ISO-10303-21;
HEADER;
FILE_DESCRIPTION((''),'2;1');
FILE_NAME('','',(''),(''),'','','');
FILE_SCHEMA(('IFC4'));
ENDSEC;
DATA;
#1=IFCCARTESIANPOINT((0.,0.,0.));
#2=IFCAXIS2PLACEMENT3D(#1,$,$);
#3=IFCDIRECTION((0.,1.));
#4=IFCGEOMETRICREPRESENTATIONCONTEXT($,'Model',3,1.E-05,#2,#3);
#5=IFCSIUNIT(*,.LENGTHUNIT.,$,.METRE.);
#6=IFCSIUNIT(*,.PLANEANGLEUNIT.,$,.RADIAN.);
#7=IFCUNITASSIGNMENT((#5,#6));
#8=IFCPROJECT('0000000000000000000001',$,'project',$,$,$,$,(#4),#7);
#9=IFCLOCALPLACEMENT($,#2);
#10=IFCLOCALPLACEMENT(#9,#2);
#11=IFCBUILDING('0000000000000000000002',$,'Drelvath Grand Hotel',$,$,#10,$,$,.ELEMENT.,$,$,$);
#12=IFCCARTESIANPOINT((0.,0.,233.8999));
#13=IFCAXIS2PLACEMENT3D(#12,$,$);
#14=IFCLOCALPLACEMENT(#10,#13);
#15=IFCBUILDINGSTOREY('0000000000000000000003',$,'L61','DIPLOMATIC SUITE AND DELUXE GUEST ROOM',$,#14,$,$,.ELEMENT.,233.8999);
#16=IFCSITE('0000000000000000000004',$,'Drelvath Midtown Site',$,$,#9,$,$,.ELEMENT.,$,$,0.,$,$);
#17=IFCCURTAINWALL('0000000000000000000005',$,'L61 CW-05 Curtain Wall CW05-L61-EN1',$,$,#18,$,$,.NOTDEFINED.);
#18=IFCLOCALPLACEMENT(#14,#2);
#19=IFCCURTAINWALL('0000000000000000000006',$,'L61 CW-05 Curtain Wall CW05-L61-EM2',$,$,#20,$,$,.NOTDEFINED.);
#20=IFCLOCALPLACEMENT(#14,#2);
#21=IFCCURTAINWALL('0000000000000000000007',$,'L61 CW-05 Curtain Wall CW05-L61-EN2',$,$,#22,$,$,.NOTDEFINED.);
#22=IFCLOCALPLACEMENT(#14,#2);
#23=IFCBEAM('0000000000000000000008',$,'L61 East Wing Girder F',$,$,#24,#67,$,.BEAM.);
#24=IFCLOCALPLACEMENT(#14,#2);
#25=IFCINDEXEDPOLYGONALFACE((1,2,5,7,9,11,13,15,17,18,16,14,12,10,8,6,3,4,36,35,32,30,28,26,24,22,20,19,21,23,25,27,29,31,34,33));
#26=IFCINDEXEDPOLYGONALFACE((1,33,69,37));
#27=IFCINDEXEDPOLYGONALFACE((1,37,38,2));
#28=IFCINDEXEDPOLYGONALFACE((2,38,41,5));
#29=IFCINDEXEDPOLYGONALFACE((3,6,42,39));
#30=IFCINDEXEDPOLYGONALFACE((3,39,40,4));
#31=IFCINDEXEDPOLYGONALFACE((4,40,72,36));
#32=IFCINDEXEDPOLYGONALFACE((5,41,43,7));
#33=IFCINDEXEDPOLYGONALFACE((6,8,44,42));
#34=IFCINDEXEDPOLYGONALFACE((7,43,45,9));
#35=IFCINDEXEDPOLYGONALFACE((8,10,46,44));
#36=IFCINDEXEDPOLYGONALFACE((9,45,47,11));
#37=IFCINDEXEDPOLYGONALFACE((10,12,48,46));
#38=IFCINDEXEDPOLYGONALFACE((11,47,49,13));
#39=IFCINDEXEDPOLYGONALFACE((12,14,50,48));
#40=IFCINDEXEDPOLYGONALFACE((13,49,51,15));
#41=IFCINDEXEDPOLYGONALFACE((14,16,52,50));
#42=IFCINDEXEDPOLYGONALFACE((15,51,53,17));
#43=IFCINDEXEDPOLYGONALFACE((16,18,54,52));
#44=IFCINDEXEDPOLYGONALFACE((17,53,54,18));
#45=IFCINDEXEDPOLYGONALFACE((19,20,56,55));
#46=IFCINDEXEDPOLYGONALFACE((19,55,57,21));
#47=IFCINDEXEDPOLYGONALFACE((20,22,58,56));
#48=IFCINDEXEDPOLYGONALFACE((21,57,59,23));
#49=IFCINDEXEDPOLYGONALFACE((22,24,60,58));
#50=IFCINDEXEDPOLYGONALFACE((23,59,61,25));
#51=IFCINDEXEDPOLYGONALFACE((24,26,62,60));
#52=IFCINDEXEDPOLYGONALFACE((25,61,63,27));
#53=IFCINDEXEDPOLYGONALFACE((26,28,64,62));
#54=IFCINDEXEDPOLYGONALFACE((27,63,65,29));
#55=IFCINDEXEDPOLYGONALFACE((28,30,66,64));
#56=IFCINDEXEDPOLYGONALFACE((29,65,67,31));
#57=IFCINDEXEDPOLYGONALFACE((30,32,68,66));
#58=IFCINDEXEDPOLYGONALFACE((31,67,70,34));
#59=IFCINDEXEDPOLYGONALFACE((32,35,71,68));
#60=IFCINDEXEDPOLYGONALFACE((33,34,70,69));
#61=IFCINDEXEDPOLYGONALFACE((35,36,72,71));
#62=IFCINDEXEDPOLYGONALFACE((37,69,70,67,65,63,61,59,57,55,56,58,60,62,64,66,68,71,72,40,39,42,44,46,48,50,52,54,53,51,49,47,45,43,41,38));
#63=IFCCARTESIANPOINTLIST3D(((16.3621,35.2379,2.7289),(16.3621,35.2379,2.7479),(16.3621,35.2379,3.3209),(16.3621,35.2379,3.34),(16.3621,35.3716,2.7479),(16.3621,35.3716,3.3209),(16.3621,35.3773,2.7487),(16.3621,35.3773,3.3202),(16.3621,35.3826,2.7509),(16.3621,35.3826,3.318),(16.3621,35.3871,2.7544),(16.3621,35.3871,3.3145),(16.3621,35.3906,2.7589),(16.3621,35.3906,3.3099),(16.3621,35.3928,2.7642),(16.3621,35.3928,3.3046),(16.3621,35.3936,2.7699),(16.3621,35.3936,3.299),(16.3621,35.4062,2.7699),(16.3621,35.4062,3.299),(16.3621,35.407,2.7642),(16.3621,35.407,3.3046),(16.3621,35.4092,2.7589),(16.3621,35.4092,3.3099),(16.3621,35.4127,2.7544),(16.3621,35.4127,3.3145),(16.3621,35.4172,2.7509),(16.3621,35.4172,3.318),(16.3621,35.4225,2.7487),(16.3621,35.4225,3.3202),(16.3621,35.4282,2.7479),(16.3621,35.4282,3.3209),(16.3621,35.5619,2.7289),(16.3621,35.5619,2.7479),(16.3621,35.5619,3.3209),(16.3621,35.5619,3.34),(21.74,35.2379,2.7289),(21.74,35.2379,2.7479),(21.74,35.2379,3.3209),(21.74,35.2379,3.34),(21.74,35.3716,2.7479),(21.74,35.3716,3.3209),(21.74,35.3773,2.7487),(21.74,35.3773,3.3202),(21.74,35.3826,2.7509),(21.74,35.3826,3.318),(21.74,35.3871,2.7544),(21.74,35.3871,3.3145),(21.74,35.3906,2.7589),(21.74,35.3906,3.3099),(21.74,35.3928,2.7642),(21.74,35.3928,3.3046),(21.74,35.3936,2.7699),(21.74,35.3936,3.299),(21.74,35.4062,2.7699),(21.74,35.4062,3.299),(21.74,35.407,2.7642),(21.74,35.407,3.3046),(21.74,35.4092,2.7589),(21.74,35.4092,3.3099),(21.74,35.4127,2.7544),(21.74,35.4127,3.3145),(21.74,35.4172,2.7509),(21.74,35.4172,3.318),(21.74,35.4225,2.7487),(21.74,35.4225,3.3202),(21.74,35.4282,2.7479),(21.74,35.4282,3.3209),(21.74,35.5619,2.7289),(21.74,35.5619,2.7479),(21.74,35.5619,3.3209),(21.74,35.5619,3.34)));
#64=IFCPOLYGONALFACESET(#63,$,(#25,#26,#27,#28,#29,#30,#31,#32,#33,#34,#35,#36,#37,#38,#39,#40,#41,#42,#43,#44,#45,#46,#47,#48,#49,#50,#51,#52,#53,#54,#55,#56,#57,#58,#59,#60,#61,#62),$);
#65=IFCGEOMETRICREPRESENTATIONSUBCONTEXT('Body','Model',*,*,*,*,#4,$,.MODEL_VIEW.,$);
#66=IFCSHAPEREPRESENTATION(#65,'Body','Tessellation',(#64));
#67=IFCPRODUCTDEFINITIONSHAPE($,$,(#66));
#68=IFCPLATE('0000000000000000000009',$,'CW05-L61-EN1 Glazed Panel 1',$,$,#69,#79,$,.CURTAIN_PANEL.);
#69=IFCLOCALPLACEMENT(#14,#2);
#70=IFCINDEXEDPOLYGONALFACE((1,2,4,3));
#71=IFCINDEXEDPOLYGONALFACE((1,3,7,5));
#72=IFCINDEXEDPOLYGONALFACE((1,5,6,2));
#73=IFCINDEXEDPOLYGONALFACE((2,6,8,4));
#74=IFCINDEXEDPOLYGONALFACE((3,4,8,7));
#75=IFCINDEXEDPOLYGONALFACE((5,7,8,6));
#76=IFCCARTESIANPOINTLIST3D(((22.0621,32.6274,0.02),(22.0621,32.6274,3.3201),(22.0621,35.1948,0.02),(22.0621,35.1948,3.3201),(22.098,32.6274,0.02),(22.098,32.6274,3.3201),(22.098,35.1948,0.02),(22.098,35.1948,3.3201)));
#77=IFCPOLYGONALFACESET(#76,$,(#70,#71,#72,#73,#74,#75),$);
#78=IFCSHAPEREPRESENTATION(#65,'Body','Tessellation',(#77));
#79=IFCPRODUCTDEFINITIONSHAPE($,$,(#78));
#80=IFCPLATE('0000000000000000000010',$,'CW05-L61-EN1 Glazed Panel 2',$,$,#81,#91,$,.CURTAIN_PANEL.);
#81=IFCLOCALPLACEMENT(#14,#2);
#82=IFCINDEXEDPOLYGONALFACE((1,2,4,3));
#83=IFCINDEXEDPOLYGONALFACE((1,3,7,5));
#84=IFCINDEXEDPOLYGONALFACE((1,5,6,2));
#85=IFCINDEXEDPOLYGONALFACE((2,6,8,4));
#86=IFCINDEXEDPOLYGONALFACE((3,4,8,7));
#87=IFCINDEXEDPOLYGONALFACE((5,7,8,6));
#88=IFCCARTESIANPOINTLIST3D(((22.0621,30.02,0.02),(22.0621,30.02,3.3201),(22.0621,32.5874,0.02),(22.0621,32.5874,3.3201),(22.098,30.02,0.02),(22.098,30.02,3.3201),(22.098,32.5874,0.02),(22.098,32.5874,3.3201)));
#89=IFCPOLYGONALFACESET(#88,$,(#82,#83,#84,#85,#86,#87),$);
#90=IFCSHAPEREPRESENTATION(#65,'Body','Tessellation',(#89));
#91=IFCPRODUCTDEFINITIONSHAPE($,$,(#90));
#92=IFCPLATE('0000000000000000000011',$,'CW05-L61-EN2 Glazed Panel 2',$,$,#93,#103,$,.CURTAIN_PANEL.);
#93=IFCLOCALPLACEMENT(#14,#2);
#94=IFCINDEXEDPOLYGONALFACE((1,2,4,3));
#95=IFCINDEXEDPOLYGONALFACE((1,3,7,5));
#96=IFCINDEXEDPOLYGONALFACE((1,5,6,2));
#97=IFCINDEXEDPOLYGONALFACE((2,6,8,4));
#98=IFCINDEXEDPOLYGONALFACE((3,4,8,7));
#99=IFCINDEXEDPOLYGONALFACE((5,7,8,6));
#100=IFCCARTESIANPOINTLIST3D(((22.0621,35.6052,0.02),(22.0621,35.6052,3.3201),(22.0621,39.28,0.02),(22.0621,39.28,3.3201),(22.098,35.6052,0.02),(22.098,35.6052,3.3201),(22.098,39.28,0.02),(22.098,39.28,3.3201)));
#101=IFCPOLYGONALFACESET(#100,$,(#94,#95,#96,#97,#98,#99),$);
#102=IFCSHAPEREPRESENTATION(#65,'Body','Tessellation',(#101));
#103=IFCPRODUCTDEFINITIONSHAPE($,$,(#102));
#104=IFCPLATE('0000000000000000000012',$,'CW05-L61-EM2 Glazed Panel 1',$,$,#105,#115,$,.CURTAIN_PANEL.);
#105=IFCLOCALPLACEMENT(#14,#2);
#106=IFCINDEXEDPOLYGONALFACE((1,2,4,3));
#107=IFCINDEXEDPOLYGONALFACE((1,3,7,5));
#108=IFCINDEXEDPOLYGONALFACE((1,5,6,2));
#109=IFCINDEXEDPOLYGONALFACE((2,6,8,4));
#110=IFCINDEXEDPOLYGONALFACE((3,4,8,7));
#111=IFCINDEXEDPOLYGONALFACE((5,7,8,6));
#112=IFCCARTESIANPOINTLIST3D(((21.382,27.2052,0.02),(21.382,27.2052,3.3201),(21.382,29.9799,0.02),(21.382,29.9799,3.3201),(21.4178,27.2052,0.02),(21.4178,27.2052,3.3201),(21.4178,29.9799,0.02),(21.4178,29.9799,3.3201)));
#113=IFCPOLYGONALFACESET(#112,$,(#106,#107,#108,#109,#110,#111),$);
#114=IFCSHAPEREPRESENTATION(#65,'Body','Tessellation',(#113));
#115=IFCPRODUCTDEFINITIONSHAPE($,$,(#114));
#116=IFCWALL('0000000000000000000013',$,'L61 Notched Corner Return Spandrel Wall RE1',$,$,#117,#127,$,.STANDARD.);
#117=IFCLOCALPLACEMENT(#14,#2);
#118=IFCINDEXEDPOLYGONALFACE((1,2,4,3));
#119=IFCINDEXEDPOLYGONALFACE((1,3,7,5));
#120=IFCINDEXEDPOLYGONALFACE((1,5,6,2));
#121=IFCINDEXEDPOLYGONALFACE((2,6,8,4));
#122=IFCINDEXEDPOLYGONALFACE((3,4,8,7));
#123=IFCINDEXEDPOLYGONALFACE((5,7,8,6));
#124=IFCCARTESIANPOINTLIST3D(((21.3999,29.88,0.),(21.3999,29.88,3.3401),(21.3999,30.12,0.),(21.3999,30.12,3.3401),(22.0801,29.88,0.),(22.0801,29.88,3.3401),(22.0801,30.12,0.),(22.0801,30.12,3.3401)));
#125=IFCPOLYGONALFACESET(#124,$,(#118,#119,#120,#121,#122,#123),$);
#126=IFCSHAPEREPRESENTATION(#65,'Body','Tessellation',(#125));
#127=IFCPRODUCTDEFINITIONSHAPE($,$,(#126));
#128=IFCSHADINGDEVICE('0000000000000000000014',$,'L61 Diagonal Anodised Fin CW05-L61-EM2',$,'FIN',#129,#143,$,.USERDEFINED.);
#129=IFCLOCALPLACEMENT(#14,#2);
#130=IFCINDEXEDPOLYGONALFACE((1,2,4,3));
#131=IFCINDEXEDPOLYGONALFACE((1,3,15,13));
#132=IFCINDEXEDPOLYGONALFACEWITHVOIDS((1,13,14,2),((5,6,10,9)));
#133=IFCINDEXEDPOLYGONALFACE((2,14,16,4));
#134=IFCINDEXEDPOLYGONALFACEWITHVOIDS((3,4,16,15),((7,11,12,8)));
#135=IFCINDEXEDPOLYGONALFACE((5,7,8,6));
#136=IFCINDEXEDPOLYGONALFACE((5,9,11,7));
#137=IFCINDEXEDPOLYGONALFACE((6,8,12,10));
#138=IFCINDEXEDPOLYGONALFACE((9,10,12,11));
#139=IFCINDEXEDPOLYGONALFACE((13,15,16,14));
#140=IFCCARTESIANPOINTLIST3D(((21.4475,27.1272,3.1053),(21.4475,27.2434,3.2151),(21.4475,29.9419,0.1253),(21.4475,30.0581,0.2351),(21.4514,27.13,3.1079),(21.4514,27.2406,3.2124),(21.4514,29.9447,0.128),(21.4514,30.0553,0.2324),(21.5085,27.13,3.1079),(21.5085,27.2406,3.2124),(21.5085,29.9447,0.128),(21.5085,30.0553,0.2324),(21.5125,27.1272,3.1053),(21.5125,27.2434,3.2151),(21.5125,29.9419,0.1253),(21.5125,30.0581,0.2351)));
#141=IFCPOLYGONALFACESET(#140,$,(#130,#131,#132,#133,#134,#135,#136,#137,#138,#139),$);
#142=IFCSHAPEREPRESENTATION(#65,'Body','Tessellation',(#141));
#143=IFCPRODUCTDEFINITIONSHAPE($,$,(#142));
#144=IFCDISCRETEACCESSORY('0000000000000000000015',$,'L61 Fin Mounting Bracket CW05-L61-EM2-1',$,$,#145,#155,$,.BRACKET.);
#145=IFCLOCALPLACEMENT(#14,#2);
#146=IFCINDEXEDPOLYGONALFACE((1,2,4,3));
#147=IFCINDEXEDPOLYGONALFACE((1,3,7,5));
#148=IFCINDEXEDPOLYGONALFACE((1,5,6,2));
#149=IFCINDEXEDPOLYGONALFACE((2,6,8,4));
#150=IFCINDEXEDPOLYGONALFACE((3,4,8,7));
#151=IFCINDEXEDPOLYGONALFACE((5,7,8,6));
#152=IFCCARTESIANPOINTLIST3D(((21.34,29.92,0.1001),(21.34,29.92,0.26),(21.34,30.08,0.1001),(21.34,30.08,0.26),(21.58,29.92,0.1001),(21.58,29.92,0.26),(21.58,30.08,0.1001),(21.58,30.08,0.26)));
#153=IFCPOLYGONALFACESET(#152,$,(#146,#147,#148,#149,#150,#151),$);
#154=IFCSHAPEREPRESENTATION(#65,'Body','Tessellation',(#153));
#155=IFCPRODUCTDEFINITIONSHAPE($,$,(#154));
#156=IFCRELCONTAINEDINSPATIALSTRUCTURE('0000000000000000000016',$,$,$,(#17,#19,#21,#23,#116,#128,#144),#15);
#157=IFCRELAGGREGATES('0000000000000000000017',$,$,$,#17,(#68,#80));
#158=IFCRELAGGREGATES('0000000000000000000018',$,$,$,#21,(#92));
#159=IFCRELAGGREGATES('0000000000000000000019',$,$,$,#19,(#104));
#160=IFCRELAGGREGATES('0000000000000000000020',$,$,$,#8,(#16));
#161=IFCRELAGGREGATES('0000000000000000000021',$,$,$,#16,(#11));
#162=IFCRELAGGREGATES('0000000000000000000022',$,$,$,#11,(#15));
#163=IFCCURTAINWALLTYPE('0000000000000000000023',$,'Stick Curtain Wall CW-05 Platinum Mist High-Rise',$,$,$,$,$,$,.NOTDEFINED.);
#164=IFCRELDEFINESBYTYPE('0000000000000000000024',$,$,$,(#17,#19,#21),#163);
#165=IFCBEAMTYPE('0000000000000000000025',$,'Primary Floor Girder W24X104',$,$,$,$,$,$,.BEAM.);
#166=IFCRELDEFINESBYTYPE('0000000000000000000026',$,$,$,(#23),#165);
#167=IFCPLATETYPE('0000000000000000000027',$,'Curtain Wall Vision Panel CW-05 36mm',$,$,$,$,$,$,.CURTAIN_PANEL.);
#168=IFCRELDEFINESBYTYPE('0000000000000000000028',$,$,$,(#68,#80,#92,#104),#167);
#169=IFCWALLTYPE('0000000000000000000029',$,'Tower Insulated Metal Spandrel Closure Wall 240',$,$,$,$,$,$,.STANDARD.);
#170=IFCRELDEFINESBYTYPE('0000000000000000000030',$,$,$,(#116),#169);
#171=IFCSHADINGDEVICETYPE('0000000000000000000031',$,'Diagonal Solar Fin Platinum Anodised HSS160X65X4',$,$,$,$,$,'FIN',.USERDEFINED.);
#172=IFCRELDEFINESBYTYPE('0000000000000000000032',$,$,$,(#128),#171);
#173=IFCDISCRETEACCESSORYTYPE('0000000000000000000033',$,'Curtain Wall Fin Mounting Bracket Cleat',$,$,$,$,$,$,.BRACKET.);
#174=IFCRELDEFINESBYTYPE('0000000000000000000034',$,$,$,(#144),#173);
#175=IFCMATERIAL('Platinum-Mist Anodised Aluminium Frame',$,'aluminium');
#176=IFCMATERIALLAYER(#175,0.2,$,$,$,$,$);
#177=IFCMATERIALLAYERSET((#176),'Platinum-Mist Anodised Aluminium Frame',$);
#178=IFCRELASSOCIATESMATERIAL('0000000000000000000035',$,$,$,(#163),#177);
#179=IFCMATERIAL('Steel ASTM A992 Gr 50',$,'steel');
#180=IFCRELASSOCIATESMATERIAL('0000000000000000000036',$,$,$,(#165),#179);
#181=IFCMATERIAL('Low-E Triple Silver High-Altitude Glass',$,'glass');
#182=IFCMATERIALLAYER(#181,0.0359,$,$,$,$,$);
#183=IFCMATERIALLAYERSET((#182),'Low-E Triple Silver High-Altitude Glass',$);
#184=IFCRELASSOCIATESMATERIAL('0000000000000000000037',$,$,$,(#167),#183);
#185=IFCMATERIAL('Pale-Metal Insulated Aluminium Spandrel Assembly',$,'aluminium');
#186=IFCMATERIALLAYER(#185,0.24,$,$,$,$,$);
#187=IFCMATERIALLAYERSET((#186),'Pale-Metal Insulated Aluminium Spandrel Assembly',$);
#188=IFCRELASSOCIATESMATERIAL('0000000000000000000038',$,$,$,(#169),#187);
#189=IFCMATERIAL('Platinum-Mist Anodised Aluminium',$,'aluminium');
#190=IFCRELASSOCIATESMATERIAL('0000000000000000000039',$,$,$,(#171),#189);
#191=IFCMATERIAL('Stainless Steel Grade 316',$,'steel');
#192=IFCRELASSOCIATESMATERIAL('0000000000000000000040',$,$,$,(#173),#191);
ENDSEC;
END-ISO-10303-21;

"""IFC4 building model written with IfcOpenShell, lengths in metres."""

from ifc_helpers import new_model, si_unit, direction, frame, frame_2d, origin, origin_2d, place, context, subcontext, project, spatial, rectangle, hollow_rectangle, i_section, extrude, material, layer, layer_set, material_profile, profile_set, type_object, element, aggregate, save


model = new_model("IFC4")

# Units and contexts
model_context = context("Model", 3, precision=1e-05, world=origin(), true_north=direction((0.0, 1.0)))
body_context = subcontext(model_context, "Body", "Model", "MODEL_VIEW")
ifc_project = project(units=[si_unit("LENGTHUNIT", "METRE"), si_unit("PLANEANGLEUNIT", "RADIAN")], contexts=[model_context])

# Site, building, storey
site_placement = place(None, origin())
site = spatial("IfcSite", under=ifc_project, at=site_placement, Name="Drelvath Midtown Site", CompositionType="ELEMENT", RefElevation=0.0)
building_placement = place(site_placement, origin())
building = spatial("IfcBuilding", under=site, at=building_placement, Name="Drelvath Grand Hotel", CompositionType="ELEMENT")
storey_placement = place(building_placement, frame((0.0, 0.0, 233.8999)))
storey = spatial("IfcBuildingStorey", under=building, at=storey_placement, Name="L61", Description="DIPLOMATIC SUITE AND DELUXE GUEST ROOM", CompositionType="ELEMENT", Elevation=233.8999)

# Curtain walls
ifc_material_1 = material(Name="Platinum-Mist Anodised Aluminium Frame", Category="aluminium")
ifc_layer_1 = layer(ifc_material_1, 0.2)
ifc_layer_set_1 = layer_set([ifc_layer_1], Name="Platinum-Mist Anodised Aluminium Frame")
curtain_wall_type = type_object("IfcCurtainWallType", Name="Stick Curtain Wall CW-05 Platinum Mist High-Rise", PredefinedType="NOTDEFINED", material=ifc_layer_set_1)
curtain_wall_1_placement = place(storey_placement, origin())
curtain_wall_1 = element("IfcCurtainWall", 1, at=curtain_wall_1_placement, inside=storey, type_object=curtain_wall_type, Name="L61 CW-05 Curtain Wall CW05-L61-EN1", PredefinedType="NOTDEFINED")
curtain_wall_2_placement = place(storey_placement, origin())
curtain_wall_2 = element("IfcCurtainWall", 2, at=curtain_wall_2_placement, inside=storey, type_object=curtain_wall_type, Name="L61 CW-05 Curtain Wall CW05-L61-EM2", PredefinedType="NOTDEFINED")

# Curtain wall
curtain_wall_3_placement = place(storey_placement, origin())
curtain_wall_3 = element("IfcCurtainWall", 3, at=curtain_wall_3_placement, inside=storey, type_object=curtain_wall_type, Name="L61 CW-05 Curtain Wall CW05-L61-EN2", PredefinedType="NOTDEFINED")

# Beam
ifc_material_2 = material(Name="Steel ASTM A992 Gr 50", Category="steel")
ifc_material_profile_1 = material_profile(ifc_material_2, i_section(OverallWidth=0.324, OverallDepth=0.6111, WebThickness=0.0127, FlangeThickness=0.019, FilletRadius=0.022, at=origin_2d()), Name="W24X104")
ifc_profile_set_1 = profile_set([ifc_material_profile_1], Name="Steel ASTM A992 Gr 50")
beam_type_1 = type_object("IfcBeamType", Name="Primary Floor Girder W24X104", PredefinedType="BEAM", material=ifc_profile_set_1)
beam_1_placement = place(storey_placement, frame((16.3621, 35.3999, 3.0344), z_axis=(1.0, 0.0, 0.0), x_axis=(0.0, 1.0, 0.0)))
element("IfcBeam", 4, at=beam_1_placement, inside=storey, type_object=beam_type_1, Name="L61 East Wing Girder F", PredefinedType="BEAM", context=body_context, shape_type="SweptSolid", body=[
    extrude(i_section(OverallWidth=0.324, OverallDepth=0.6111, WebThickness=0.0127, FlangeThickness=0.019, FilletRadius=0.022, at=origin_2d()), origin(), (0.0, 0.0, 1.0), 5.3779),
])

# Plates
ifc_material_3 = material(Name="Low-E Triple Silver High-Altitude Glass", Category="glass")
ifc_layer_2 = layer(ifc_material_3, 0.0359)
ifc_layer_set_2 = layer_set([ifc_layer_2], Name="Low-E Triple Silver High-Altitude Glass")
plate_type = type_object("IfcPlateType", Name="Curtain Wall Vision Panel CW-05 36mm", PredefinedType="CURTAIN_PANEL", material=ifc_layer_set_2)
plate_1_placement = place(storey_placement, frame((22.0801, 33.9111, 0.02), z_axis=(0.0, 0.0, 1.0), x_axis=(0.0, -1.0, 0.0)))
plate_1 = element("IfcPlate", 5, at=plate_1_placement, type_object=plate_type, Name="CW05-L61-EN1 Glazed Panel 1", PredefinedType="CURTAIN_PANEL", context=body_context, shape_type="SweptSolid", body=[
    extrude(rectangle(XDim=2.5674, YDim=0.0359, at=origin_2d()), origin(), (0.0, 0.0, 1.0), 3.3),
])
plate_2_placement = place(storey_placement, frame((22.0801, 31.3037, 0.02), z_axis=(0.0, 0.0, 1.0), x_axis=(0.0, -1.0, 0.0)))
plate_2 = element("IfcPlate", 6, at=plate_2_placement, type_object=plate_type, Name="CW05-L61-EN1 Glazed Panel 2", PredefinedType="CURTAIN_PANEL", context=body_context, shape_type="SweptSolid", body=[
    extrude(rectangle(XDim=2.5674, YDim=0.0359, at=origin_2d()), origin(), (0.0, 0.0, 1.0), 3.3),
])
aggregate(curtain_wall_1, [plate_1, plate_2])
plate_3_placement = place(storey_placement, frame((22.0801, 37.4426, 0.02), z_axis=(0.0, 0.0, 1.0), x_axis=(0.0, -1.0, 0.0)))
plate_3 = element("IfcPlate", 7, at=plate_3_placement, type_object=plate_type, Name="CW05-L61-EN2 Glazed Panel 2", PredefinedType="CURTAIN_PANEL", context=body_context, shape_type="SweptSolid", body=[
    extrude(rectangle(XDim=3.6748, YDim=0.0359, at=origin_2d()), origin(), (0.0, 0.0, 1.0), 3.3),
])
aggregate(curtain_wall_3, [plate_3])
plate_4_placement = place(storey_placement, frame((21.3999, 28.5925, 0.02), z_axis=(0.0, 0.0, 1.0), x_axis=(0.0, -1.0, 0.0)))
plate_4 = element("IfcPlate", 8, at=plate_4_placement, type_object=plate_type, Name="CW05-L61-EM2 Glazed Panel 1", PredefinedType="CURTAIN_PANEL", context=body_context, shape_type="SweptSolid", body=[
    extrude(rectangle(XDim=2.7747, YDim=0.0359, at=origin_2d()), origin(), (0.0, 0.0, 1.0), 3.3),
])
aggregate(curtain_wall_2, [plate_4])

# Wall
ifc_material_4 = material(Name="Pale-Metal Insulated Aluminium Spandrel Assembly", Category="aluminium")
ifc_layer_3 = layer(ifc_material_4, 0.24)
ifc_layer_set_3 = layer_set([ifc_layer_3], Name="Pale-Metal Insulated Aluminium Spandrel Assembly")
wall_type = type_object("IfcWallType", Name="Tower Insulated Metal Spandrel Closure Wall 240", PredefinedType="STANDARD", material=ifc_layer_set_3)
wall_placement = place(storey_placement, frame((22.0801, 30.0, 0.0), z_axis=(0.0, 0.0, 1.0), x_axis=(-1.0, 0.0, 0.0)))
element("IfcWall", 9, at=wall_placement, inside=storey, type_object=wall_type, Name="L61 Notched Corner Return Spandrel Wall RE1", PredefinedType="STANDARD", context=body_context, shape_type="SweptSolid", body=[
    extrude(rectangle(XDim=0.6802, YDim=0.24, at=frame_2d((0.3401, 0.0))), origin(), (0.0, 0.0, 1.0), 3.3401),
])

# Shading device
ifc_material_5 = material(Name="Platinum-Mist Anodised Aluminium", Category="aluminium")
ifc_material_profile_2 = material_profile(ifc_material_5, hollow_rectangle(XDim=0.0649, YDim=0.1599, WallThickness=0.0039, at=origin_2d()), Name="HSS160X65X4")
ifc_profile_set_2 = profile_set([ifc_material_profile_2], Name="Platinum-Mist Anodised Aluminium")
shading_device_type = type_object("IfcShadingDeviceType", Name="Diagonal Solar Fin Platinum Anodised HSS160X65X4", ElementType="FIN", PredefinedType="USERDEFINED", material=ifc_profile_set_2)
shading_device_placement = place(storey_placement, frame((21.48, 30.0, 0.1802), z_axis=(0.0, -0.686659, 0.72698), x_axis=(1.0, 0.0, 0.0)))
element("IfcShadingDevice", 10, at=shading_device_placement, inside=storey, type_object=shading_device_type, Name="L61 Diagonal Anodised Fin CW05-L61-EM2", ObjectType="FIN", PredefinedType="USERDEFINED", context=body_context, shape_type="SweptSolid", body=[
    extrude(hollow_rectangle(XDim=0.0649, YDim=0.1599, WallThickness=0.0039, at=origin_2d()), origin(), (0.0, 0.0, 1.0), 4.0991),
])

# Discrete accessory
ifc_material_6 = material(Name="Stainless Steel Grade 316", Category="steel")
discrete_accessory_type = type_object("IfcDiscreteAccessoryType", Name="Curtain Wall Fin Mounting Bracket Cleat", PredefinedType="BRACKET", material=ifc_material_6)
discrete_accessory_placement = place(storey_placement, frame((21.46, 30.0, 0.1001), z_axis=(0.0, 0.0, 1.0), x_axis=(0.0, -1.0, 0.0)))
element("IfcDiscreteAccessory", 11, at=discrete_accessory_placement, inside=storey, type_object=discrete_accessory_type, Name="L61 Fin Mounting Bracket CW05-L61-EM2-1", PredefinedType="BRACKET", context=body_context, shape_type="SweptSolid", body=[
    extrude(rectangle(XDim=0.1599, YDim=0.24, at=origin_2d()), origin(), (0.0, 0.0, 1.0), 0.1599),
])

save(model, "model.ifc")
